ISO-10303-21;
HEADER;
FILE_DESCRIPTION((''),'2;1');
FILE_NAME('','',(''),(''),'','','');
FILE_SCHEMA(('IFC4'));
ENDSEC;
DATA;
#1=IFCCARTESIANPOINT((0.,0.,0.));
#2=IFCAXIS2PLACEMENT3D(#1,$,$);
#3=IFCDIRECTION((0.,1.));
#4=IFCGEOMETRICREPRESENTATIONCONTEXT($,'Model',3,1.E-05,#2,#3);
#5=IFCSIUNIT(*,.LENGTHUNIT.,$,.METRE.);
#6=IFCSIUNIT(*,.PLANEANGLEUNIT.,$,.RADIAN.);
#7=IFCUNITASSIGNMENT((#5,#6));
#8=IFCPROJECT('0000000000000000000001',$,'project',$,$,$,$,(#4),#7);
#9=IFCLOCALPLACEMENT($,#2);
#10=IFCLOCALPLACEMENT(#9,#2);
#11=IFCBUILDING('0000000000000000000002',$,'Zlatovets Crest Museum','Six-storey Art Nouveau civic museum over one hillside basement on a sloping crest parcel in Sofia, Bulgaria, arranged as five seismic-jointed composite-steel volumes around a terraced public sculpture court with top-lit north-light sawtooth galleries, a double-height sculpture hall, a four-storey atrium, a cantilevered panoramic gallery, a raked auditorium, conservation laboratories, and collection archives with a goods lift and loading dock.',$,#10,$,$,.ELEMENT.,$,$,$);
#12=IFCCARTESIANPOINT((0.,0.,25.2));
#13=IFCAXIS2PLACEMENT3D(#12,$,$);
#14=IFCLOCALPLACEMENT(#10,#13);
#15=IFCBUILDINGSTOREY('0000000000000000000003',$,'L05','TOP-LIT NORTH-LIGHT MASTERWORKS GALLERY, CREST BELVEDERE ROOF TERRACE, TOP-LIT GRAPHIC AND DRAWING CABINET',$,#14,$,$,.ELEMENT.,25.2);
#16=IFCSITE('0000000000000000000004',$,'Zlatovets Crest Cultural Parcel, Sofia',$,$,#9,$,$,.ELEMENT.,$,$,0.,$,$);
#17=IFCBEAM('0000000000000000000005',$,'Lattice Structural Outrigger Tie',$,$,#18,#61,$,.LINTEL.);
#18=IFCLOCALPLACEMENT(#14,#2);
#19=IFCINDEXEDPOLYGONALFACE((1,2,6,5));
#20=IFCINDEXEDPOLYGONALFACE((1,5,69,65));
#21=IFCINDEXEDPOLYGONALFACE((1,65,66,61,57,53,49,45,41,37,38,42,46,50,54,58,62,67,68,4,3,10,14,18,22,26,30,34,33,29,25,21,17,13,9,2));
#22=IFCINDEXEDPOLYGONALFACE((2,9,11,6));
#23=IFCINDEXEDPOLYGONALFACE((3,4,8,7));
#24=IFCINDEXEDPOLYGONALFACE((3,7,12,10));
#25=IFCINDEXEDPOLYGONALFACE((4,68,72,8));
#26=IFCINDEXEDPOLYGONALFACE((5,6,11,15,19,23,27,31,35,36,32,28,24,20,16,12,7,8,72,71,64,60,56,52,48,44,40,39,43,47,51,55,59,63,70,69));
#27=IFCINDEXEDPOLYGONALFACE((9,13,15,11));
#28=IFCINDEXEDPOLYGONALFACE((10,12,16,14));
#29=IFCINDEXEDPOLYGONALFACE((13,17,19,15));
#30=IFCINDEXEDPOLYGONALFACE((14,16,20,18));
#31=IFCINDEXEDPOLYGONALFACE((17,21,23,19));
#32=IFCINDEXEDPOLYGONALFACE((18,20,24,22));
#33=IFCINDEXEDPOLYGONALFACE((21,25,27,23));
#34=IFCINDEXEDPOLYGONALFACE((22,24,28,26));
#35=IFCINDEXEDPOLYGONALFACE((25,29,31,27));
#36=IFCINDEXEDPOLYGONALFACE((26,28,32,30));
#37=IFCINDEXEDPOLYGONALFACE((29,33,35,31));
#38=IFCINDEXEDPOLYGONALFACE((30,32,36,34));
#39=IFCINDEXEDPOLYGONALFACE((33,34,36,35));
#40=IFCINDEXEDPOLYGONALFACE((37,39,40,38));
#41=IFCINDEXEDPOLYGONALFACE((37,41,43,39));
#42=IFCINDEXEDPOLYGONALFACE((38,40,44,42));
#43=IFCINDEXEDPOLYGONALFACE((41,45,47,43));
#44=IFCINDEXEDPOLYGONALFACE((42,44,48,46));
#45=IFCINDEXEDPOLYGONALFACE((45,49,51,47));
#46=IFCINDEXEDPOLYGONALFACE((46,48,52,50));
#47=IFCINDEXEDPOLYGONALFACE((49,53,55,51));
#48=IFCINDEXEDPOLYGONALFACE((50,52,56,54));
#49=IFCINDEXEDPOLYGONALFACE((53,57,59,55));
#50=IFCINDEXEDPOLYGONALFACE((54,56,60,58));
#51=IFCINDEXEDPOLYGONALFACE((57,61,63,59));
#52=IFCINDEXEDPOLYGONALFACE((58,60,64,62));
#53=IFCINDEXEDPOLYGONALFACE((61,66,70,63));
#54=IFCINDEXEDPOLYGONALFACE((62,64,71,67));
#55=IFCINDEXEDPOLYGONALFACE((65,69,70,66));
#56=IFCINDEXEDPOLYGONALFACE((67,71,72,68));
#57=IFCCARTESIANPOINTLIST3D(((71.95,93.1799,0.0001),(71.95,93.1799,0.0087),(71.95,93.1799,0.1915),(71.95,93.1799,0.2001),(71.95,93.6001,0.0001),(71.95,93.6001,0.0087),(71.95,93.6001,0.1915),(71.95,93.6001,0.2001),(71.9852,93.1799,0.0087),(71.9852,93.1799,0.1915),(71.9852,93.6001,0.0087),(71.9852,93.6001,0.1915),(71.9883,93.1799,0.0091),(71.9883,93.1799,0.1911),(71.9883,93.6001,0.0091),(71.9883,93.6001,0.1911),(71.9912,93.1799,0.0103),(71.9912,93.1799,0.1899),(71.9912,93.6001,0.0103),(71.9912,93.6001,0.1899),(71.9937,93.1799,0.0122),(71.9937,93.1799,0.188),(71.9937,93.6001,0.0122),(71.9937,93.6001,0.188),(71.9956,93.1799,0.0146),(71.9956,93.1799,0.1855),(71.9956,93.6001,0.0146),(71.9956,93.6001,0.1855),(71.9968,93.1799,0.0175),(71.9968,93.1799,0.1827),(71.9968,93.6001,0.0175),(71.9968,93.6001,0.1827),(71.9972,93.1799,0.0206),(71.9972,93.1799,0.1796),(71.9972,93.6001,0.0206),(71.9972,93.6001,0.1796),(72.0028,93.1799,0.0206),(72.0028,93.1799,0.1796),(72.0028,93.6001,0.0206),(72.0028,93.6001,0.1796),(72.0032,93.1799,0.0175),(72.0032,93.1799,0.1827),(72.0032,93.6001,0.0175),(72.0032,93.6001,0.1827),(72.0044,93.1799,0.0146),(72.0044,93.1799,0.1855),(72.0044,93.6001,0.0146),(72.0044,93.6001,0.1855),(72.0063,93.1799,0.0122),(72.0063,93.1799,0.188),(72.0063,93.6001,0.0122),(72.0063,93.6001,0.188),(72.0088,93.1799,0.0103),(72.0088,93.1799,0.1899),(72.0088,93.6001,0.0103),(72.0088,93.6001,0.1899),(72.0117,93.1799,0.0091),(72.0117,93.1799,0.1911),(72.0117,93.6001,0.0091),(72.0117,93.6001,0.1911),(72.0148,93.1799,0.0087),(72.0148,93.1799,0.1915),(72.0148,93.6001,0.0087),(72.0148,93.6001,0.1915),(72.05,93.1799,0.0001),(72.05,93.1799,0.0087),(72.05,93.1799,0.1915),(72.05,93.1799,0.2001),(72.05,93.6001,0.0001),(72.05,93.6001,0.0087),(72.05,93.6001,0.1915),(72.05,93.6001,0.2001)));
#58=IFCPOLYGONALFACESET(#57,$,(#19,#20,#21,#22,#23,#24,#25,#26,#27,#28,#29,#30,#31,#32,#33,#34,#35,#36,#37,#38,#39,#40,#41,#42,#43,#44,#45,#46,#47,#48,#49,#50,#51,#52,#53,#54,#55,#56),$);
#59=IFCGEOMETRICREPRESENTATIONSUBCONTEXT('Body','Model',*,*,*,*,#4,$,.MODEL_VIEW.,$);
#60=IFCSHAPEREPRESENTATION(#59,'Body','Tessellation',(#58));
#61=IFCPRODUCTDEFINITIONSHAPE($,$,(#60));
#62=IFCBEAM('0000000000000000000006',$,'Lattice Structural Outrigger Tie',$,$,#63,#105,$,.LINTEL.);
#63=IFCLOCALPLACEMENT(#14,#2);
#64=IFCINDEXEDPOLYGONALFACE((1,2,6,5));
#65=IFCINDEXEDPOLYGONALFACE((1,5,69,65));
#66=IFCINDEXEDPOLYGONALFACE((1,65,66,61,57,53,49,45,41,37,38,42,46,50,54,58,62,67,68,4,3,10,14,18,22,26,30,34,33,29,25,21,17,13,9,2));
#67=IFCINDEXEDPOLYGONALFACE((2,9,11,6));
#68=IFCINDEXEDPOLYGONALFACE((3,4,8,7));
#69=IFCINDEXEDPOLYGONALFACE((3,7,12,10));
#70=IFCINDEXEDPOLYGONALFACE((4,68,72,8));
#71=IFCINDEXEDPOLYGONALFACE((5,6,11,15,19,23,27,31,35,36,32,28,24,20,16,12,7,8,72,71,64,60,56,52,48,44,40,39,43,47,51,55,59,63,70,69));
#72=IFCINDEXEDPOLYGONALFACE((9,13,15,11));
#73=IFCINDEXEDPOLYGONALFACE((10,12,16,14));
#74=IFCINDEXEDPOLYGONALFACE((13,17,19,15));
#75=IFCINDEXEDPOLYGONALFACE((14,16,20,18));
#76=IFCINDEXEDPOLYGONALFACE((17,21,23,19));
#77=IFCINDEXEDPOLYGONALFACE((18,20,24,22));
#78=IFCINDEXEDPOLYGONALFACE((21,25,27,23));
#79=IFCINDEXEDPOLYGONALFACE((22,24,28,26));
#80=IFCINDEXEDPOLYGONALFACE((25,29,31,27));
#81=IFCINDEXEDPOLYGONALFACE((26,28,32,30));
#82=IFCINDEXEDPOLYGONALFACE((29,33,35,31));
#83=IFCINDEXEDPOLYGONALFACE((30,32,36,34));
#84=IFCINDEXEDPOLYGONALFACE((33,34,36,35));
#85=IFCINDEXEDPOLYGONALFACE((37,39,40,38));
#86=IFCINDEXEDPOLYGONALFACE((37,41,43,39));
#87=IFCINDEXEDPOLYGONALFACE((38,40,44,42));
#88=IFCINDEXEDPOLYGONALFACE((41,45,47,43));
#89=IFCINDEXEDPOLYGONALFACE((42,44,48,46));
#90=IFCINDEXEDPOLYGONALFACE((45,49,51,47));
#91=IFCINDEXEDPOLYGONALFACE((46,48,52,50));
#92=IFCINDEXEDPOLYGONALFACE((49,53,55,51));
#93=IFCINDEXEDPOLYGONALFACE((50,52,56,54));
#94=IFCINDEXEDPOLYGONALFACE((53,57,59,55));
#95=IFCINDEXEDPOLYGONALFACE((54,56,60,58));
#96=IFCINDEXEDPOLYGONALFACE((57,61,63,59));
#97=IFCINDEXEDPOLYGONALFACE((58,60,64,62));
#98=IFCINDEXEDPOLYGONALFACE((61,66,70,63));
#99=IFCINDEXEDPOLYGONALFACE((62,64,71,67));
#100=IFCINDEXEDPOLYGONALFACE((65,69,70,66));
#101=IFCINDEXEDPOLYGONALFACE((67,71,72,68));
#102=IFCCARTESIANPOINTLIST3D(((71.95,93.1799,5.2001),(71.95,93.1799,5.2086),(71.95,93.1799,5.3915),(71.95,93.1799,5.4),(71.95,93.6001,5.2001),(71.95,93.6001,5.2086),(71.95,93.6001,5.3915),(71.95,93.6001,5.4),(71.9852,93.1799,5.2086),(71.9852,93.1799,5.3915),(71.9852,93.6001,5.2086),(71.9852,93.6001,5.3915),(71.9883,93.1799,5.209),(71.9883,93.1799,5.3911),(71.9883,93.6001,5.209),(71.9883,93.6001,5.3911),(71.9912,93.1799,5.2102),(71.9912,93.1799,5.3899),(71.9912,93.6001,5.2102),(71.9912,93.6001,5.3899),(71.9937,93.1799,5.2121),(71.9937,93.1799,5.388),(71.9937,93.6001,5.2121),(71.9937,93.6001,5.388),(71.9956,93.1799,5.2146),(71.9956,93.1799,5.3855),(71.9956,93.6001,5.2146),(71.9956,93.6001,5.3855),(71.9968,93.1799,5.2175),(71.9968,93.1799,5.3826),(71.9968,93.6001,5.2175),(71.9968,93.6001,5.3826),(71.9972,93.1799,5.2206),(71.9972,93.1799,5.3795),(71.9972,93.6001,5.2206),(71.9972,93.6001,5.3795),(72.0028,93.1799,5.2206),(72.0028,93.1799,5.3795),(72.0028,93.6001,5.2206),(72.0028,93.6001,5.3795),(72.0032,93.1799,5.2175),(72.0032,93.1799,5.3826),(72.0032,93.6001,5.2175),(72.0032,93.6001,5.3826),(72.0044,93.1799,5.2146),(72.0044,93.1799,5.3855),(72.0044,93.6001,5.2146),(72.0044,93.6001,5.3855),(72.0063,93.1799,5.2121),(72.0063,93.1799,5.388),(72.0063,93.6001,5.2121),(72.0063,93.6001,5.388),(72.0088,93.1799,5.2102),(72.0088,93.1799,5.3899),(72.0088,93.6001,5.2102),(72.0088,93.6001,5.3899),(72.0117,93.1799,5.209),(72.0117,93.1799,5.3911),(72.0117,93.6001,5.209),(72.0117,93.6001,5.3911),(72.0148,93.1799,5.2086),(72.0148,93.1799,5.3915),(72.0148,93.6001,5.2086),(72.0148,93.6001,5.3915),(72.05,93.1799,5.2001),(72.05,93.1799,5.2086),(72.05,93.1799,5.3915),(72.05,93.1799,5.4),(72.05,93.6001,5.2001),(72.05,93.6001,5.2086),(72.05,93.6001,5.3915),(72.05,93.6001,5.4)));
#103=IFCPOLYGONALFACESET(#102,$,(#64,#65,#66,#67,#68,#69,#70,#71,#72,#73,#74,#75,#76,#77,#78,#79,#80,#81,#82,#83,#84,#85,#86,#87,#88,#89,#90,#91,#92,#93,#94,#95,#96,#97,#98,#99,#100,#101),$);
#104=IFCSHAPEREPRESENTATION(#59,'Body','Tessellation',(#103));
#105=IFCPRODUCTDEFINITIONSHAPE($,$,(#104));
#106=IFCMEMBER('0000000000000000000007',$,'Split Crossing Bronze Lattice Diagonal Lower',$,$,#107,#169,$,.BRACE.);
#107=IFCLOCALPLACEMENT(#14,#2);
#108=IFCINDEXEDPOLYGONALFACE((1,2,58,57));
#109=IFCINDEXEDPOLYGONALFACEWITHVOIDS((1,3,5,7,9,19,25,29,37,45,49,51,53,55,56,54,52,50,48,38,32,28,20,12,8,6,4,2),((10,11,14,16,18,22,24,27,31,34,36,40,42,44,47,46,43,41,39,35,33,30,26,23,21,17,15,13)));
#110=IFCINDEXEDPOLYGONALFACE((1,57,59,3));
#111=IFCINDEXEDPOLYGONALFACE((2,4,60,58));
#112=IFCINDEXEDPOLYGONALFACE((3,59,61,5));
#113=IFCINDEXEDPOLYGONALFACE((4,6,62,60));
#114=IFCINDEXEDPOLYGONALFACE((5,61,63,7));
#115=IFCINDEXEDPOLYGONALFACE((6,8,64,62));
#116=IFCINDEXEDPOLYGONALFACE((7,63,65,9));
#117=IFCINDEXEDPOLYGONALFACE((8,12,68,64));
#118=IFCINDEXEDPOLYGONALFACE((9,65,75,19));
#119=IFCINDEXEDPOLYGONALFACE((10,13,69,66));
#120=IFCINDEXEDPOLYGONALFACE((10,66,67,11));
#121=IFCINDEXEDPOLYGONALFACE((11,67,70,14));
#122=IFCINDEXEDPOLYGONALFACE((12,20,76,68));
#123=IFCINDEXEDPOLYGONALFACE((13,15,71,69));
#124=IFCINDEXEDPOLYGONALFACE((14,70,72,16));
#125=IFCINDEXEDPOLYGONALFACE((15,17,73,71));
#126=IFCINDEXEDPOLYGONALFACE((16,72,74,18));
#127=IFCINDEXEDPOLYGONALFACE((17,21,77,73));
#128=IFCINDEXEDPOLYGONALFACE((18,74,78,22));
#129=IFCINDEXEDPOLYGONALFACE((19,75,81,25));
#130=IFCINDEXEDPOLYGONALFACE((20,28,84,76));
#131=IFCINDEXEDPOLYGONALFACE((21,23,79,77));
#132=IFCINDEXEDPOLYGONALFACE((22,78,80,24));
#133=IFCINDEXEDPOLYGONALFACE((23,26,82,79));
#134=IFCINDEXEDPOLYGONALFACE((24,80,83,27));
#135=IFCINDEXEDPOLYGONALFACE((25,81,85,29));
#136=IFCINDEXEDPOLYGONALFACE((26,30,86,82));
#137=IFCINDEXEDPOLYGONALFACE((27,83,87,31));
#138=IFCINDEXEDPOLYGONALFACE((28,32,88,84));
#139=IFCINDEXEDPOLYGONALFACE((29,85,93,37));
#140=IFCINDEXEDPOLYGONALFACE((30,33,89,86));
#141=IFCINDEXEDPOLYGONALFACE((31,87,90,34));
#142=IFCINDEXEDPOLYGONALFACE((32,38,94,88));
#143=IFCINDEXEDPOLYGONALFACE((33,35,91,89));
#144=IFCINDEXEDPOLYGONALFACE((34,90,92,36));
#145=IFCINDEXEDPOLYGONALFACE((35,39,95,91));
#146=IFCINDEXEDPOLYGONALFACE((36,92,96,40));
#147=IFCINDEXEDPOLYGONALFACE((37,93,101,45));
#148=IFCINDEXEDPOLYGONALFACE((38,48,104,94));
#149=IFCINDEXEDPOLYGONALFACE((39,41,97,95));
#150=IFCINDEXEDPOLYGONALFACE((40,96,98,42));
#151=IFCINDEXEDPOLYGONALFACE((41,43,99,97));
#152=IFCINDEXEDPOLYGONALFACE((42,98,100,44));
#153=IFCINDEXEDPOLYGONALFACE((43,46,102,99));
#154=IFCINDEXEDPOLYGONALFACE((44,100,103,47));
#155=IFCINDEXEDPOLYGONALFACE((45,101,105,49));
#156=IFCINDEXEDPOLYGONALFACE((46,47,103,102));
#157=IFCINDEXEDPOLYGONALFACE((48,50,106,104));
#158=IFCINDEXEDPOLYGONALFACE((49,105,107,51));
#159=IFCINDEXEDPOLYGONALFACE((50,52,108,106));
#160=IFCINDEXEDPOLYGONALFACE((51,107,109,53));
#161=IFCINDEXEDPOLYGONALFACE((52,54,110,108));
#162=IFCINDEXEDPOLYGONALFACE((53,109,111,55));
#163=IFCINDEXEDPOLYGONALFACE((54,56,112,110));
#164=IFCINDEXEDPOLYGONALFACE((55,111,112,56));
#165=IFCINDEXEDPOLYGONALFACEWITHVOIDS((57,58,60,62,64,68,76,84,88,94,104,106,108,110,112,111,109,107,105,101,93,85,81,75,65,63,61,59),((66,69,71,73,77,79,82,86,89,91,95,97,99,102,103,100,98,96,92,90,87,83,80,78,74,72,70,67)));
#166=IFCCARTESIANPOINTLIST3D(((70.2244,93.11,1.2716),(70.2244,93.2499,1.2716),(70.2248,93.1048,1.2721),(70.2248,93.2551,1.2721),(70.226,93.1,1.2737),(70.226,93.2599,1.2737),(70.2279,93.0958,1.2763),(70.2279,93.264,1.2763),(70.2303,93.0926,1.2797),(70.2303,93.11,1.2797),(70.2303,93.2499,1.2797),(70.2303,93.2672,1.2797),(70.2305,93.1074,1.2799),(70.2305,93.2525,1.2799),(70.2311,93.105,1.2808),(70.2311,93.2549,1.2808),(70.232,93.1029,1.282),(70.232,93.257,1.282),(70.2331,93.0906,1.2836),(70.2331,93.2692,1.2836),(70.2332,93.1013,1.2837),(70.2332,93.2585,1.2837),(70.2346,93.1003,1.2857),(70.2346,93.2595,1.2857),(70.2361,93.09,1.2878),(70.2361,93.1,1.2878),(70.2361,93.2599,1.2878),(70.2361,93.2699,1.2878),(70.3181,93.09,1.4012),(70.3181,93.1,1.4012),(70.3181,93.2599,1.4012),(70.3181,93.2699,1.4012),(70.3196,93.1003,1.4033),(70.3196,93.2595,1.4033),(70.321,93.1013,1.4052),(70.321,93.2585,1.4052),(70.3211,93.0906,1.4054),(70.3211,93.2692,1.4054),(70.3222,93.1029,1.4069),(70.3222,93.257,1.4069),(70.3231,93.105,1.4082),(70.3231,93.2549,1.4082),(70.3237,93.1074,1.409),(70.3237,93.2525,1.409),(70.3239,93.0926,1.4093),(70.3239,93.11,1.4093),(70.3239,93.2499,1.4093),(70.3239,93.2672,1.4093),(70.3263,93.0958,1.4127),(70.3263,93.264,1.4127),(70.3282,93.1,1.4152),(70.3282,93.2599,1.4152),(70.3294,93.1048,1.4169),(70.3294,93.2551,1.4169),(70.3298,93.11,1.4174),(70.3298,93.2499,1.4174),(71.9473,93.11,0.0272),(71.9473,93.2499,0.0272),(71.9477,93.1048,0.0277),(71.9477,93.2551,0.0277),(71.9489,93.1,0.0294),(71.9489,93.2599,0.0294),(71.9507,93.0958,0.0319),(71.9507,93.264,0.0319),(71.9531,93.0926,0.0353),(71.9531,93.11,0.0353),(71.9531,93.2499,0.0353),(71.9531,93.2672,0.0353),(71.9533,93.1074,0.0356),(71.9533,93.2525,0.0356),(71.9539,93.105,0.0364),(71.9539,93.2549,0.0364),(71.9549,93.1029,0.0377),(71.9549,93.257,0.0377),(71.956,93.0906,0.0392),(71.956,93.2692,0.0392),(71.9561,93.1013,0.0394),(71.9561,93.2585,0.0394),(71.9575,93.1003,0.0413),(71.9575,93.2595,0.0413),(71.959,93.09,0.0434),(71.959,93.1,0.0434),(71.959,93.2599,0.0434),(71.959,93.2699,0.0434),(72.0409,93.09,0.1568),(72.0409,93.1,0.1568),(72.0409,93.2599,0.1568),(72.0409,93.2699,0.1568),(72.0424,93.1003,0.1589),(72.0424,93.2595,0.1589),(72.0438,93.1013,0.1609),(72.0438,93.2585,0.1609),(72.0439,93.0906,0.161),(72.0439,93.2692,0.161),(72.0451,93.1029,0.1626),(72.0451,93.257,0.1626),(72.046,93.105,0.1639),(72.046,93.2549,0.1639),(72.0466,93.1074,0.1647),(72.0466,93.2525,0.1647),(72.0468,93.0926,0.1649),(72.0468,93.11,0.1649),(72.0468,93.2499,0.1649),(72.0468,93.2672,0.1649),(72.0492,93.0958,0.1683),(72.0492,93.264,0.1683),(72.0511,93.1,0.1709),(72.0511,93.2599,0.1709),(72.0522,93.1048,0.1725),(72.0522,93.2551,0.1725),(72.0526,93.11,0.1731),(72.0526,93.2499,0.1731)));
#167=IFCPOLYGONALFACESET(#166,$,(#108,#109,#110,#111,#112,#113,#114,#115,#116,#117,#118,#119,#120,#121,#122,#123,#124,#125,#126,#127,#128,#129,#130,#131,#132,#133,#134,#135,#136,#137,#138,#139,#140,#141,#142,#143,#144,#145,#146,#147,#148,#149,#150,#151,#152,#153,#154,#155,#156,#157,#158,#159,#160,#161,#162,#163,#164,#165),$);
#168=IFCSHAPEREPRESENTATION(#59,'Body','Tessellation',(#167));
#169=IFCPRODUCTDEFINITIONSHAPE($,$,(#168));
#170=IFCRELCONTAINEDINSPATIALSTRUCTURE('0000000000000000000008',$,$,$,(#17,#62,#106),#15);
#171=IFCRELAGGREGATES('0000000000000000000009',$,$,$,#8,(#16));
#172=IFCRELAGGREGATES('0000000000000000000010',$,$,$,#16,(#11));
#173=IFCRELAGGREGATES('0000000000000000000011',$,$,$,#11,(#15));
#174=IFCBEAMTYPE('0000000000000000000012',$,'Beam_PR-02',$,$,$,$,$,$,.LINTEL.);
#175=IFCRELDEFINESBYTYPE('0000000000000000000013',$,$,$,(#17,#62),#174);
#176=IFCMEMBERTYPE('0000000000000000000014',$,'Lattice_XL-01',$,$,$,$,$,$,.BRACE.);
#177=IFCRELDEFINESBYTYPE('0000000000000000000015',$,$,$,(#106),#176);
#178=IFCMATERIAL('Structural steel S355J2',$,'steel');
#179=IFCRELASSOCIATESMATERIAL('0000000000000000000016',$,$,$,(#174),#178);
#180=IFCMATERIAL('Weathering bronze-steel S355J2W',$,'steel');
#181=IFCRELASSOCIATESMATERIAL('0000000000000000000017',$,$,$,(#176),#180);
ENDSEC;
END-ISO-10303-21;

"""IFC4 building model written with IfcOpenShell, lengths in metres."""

from ifc_helpers import new_model, si_unit, direction, frame, origin, origin_2d, place, context, subcontext, project, spatial, hollow_rectangle, i_section, extrude, material, material_profile, profile_set, type_object, element, save


model = new_model("IFC4")

# Units and contexts
model_context = context("Model", 3, precision=1e-05, world=origin(), true_north=direction((0.0, 1.0)))
body_context = subcontext(model_context, "Body", "Model", "MODEL_VIEW")
ifc_project = project(units=[si_unit("LENGTHUNIT", "METRE"), si_unit("PLANEANGLEUNIT", "RADIAN")], contexts=[model_context])

# Site, building, storey
site_placement = place(None, origin())
site = spatial("IfcSite", under=ifc_project, at=site_placement, Name="Zlatovets Crest Cultural Parcel, Sofia", CompositionType="ELEMENT", RefElevation=0.0)
building_placement = place(site_placement, origin())
building = spatial("IfcBuilding", under=site, at=building_placement, Name="Zlatovets Crest Museum", Description="Six-storey Art Nouveau civic museum over one hillside basement on a sloping crest parcel in Sofia, Bulgaria, arranged as five seismic-jointed composite-steel volumes around a terraced public sculpture court with top-lit north-light sawtooth galleries, a double-height sculpture hall, a four-storey atrium, a cantilevered panoramic gallery, a raked auditorium, conservation laboratories, and collection archives with a goods lift and loading dock.", CompositionType="ELEMENT")
storey_placement = place(building_placement, frame((0.0, 0.0, 25.2)))
storey = spatial("IfcBuildingStorey", under=building, at=storey_placement, Name="L05", Description="TOP-LIT NORTH-LIGHT MASTERWORKS GALLERY, CREST BELVEDERE ROOF TERRACE, TOP-LIT GRAPHIC AND DRAWING CABINET", CompositionType="ELEMENT", Elevation=25.2)

# Shared definitions
ifc_material_1 = material(Name="Structural steel S355J2", Category="steel")

# Beams
ifc_material_profile_1 = material_profile(ifc_material_1, i_section(OverallWidth=0.1001, OverallDepth=0.2, WebThickness=0.0056, FlangeThickness=0.0085, FilletRadius=0.012, at=origin_2d()), Name="IPE 200")
ifc_profile_set_1 = profile_set([ifc_material_profile_1], Name="Structural steel S355J2")
beam_type_1 = type_object("IfcBeamType", Name="Beam_PR-02", PredefinedType="LINTEL", material=ifc_profile_set_1)
for number, where, z_axis, x_axis, name in (
    (1, (72.0, 93.6001, 0.1001), (0.0, -1.0, 0.0), (1.0, 0.0, 0.0), "Lattice Structural Outrigger Tie"),
    (2, (72.0, 93.6001, 5.3), (0.0, -1.0, 0.0), (1.0, 0.0, 0.0), "Lattice Structural Outrigger Tie"),
):
    element("IfcBeam", number, at=place(storey_placement, frame(where, z_axis=z_axis, x_axis=x_axis)), inside=storey, type_object=beam_type_1, Name=name, PredefinedType="LINTEL", context=body_context, shape_type="SweptSolid", body=[
        extrude(i_section(OverallWidth=0.1001, OverallDepth=0.2, WebThickness=0.0056, FlangeThickness=0.0085, FilletRadius=0.012, at=origin_2d()), origin(), (0.0, 0.0, 1.0), 0.4202),
    ])

# Member
ifc_material_2 = material(Name="Weathering bronze-steel S355J2W", Category="steel")
ifc_material_profile_2 = material_profile(ifc_material_2, hollow_rectangle(XDim=0.1799, YDim=0.1799, WallThickness=0.01, InnerFilletRadius=0.01, OuterFilletRadius=0.02, at=origin_2d()), Name="SHS 180x180x10.0")
ifc_profile_set_2 = profile_set([ifc_material_profile_2], Name="Weathering bronze-steel S355J2W")
member_type_1 = type_object("IfcMemberType", Name="Lattice_XL-01", PredefinedType="BRACE", material=ifc_profile_set_2)
for number, where, z_axis, x_axis, name in (
    (3, (70.2771, 93.1799, 1.3445), (0.810664, 0.0, -0.585512), (0.0, 1.0, 0.0), "Split Crossing Bronze Lattice Diagonal Lower"),
):
    element("IfcMember", number, at=place(storey_placement, frame(where, z_axis=z_axis, x_axis=x_axis)), inside=storey, type_object=member_type_1, Name=name, PredefinedType="BRACE", context=body_context, shape_type="SweptSolid", body=[
        extrude(hollow_rectangle(XDim=0.1799, YDim=0.1799, WallThickness=0.01, InnerFilletRadius=0.01, OuterFilletRadius=0.02, at=origin_2d()), origin(), (0.0, 0.0, 1.0), 2.1252),
    ])

save(model, "model.ifc")
